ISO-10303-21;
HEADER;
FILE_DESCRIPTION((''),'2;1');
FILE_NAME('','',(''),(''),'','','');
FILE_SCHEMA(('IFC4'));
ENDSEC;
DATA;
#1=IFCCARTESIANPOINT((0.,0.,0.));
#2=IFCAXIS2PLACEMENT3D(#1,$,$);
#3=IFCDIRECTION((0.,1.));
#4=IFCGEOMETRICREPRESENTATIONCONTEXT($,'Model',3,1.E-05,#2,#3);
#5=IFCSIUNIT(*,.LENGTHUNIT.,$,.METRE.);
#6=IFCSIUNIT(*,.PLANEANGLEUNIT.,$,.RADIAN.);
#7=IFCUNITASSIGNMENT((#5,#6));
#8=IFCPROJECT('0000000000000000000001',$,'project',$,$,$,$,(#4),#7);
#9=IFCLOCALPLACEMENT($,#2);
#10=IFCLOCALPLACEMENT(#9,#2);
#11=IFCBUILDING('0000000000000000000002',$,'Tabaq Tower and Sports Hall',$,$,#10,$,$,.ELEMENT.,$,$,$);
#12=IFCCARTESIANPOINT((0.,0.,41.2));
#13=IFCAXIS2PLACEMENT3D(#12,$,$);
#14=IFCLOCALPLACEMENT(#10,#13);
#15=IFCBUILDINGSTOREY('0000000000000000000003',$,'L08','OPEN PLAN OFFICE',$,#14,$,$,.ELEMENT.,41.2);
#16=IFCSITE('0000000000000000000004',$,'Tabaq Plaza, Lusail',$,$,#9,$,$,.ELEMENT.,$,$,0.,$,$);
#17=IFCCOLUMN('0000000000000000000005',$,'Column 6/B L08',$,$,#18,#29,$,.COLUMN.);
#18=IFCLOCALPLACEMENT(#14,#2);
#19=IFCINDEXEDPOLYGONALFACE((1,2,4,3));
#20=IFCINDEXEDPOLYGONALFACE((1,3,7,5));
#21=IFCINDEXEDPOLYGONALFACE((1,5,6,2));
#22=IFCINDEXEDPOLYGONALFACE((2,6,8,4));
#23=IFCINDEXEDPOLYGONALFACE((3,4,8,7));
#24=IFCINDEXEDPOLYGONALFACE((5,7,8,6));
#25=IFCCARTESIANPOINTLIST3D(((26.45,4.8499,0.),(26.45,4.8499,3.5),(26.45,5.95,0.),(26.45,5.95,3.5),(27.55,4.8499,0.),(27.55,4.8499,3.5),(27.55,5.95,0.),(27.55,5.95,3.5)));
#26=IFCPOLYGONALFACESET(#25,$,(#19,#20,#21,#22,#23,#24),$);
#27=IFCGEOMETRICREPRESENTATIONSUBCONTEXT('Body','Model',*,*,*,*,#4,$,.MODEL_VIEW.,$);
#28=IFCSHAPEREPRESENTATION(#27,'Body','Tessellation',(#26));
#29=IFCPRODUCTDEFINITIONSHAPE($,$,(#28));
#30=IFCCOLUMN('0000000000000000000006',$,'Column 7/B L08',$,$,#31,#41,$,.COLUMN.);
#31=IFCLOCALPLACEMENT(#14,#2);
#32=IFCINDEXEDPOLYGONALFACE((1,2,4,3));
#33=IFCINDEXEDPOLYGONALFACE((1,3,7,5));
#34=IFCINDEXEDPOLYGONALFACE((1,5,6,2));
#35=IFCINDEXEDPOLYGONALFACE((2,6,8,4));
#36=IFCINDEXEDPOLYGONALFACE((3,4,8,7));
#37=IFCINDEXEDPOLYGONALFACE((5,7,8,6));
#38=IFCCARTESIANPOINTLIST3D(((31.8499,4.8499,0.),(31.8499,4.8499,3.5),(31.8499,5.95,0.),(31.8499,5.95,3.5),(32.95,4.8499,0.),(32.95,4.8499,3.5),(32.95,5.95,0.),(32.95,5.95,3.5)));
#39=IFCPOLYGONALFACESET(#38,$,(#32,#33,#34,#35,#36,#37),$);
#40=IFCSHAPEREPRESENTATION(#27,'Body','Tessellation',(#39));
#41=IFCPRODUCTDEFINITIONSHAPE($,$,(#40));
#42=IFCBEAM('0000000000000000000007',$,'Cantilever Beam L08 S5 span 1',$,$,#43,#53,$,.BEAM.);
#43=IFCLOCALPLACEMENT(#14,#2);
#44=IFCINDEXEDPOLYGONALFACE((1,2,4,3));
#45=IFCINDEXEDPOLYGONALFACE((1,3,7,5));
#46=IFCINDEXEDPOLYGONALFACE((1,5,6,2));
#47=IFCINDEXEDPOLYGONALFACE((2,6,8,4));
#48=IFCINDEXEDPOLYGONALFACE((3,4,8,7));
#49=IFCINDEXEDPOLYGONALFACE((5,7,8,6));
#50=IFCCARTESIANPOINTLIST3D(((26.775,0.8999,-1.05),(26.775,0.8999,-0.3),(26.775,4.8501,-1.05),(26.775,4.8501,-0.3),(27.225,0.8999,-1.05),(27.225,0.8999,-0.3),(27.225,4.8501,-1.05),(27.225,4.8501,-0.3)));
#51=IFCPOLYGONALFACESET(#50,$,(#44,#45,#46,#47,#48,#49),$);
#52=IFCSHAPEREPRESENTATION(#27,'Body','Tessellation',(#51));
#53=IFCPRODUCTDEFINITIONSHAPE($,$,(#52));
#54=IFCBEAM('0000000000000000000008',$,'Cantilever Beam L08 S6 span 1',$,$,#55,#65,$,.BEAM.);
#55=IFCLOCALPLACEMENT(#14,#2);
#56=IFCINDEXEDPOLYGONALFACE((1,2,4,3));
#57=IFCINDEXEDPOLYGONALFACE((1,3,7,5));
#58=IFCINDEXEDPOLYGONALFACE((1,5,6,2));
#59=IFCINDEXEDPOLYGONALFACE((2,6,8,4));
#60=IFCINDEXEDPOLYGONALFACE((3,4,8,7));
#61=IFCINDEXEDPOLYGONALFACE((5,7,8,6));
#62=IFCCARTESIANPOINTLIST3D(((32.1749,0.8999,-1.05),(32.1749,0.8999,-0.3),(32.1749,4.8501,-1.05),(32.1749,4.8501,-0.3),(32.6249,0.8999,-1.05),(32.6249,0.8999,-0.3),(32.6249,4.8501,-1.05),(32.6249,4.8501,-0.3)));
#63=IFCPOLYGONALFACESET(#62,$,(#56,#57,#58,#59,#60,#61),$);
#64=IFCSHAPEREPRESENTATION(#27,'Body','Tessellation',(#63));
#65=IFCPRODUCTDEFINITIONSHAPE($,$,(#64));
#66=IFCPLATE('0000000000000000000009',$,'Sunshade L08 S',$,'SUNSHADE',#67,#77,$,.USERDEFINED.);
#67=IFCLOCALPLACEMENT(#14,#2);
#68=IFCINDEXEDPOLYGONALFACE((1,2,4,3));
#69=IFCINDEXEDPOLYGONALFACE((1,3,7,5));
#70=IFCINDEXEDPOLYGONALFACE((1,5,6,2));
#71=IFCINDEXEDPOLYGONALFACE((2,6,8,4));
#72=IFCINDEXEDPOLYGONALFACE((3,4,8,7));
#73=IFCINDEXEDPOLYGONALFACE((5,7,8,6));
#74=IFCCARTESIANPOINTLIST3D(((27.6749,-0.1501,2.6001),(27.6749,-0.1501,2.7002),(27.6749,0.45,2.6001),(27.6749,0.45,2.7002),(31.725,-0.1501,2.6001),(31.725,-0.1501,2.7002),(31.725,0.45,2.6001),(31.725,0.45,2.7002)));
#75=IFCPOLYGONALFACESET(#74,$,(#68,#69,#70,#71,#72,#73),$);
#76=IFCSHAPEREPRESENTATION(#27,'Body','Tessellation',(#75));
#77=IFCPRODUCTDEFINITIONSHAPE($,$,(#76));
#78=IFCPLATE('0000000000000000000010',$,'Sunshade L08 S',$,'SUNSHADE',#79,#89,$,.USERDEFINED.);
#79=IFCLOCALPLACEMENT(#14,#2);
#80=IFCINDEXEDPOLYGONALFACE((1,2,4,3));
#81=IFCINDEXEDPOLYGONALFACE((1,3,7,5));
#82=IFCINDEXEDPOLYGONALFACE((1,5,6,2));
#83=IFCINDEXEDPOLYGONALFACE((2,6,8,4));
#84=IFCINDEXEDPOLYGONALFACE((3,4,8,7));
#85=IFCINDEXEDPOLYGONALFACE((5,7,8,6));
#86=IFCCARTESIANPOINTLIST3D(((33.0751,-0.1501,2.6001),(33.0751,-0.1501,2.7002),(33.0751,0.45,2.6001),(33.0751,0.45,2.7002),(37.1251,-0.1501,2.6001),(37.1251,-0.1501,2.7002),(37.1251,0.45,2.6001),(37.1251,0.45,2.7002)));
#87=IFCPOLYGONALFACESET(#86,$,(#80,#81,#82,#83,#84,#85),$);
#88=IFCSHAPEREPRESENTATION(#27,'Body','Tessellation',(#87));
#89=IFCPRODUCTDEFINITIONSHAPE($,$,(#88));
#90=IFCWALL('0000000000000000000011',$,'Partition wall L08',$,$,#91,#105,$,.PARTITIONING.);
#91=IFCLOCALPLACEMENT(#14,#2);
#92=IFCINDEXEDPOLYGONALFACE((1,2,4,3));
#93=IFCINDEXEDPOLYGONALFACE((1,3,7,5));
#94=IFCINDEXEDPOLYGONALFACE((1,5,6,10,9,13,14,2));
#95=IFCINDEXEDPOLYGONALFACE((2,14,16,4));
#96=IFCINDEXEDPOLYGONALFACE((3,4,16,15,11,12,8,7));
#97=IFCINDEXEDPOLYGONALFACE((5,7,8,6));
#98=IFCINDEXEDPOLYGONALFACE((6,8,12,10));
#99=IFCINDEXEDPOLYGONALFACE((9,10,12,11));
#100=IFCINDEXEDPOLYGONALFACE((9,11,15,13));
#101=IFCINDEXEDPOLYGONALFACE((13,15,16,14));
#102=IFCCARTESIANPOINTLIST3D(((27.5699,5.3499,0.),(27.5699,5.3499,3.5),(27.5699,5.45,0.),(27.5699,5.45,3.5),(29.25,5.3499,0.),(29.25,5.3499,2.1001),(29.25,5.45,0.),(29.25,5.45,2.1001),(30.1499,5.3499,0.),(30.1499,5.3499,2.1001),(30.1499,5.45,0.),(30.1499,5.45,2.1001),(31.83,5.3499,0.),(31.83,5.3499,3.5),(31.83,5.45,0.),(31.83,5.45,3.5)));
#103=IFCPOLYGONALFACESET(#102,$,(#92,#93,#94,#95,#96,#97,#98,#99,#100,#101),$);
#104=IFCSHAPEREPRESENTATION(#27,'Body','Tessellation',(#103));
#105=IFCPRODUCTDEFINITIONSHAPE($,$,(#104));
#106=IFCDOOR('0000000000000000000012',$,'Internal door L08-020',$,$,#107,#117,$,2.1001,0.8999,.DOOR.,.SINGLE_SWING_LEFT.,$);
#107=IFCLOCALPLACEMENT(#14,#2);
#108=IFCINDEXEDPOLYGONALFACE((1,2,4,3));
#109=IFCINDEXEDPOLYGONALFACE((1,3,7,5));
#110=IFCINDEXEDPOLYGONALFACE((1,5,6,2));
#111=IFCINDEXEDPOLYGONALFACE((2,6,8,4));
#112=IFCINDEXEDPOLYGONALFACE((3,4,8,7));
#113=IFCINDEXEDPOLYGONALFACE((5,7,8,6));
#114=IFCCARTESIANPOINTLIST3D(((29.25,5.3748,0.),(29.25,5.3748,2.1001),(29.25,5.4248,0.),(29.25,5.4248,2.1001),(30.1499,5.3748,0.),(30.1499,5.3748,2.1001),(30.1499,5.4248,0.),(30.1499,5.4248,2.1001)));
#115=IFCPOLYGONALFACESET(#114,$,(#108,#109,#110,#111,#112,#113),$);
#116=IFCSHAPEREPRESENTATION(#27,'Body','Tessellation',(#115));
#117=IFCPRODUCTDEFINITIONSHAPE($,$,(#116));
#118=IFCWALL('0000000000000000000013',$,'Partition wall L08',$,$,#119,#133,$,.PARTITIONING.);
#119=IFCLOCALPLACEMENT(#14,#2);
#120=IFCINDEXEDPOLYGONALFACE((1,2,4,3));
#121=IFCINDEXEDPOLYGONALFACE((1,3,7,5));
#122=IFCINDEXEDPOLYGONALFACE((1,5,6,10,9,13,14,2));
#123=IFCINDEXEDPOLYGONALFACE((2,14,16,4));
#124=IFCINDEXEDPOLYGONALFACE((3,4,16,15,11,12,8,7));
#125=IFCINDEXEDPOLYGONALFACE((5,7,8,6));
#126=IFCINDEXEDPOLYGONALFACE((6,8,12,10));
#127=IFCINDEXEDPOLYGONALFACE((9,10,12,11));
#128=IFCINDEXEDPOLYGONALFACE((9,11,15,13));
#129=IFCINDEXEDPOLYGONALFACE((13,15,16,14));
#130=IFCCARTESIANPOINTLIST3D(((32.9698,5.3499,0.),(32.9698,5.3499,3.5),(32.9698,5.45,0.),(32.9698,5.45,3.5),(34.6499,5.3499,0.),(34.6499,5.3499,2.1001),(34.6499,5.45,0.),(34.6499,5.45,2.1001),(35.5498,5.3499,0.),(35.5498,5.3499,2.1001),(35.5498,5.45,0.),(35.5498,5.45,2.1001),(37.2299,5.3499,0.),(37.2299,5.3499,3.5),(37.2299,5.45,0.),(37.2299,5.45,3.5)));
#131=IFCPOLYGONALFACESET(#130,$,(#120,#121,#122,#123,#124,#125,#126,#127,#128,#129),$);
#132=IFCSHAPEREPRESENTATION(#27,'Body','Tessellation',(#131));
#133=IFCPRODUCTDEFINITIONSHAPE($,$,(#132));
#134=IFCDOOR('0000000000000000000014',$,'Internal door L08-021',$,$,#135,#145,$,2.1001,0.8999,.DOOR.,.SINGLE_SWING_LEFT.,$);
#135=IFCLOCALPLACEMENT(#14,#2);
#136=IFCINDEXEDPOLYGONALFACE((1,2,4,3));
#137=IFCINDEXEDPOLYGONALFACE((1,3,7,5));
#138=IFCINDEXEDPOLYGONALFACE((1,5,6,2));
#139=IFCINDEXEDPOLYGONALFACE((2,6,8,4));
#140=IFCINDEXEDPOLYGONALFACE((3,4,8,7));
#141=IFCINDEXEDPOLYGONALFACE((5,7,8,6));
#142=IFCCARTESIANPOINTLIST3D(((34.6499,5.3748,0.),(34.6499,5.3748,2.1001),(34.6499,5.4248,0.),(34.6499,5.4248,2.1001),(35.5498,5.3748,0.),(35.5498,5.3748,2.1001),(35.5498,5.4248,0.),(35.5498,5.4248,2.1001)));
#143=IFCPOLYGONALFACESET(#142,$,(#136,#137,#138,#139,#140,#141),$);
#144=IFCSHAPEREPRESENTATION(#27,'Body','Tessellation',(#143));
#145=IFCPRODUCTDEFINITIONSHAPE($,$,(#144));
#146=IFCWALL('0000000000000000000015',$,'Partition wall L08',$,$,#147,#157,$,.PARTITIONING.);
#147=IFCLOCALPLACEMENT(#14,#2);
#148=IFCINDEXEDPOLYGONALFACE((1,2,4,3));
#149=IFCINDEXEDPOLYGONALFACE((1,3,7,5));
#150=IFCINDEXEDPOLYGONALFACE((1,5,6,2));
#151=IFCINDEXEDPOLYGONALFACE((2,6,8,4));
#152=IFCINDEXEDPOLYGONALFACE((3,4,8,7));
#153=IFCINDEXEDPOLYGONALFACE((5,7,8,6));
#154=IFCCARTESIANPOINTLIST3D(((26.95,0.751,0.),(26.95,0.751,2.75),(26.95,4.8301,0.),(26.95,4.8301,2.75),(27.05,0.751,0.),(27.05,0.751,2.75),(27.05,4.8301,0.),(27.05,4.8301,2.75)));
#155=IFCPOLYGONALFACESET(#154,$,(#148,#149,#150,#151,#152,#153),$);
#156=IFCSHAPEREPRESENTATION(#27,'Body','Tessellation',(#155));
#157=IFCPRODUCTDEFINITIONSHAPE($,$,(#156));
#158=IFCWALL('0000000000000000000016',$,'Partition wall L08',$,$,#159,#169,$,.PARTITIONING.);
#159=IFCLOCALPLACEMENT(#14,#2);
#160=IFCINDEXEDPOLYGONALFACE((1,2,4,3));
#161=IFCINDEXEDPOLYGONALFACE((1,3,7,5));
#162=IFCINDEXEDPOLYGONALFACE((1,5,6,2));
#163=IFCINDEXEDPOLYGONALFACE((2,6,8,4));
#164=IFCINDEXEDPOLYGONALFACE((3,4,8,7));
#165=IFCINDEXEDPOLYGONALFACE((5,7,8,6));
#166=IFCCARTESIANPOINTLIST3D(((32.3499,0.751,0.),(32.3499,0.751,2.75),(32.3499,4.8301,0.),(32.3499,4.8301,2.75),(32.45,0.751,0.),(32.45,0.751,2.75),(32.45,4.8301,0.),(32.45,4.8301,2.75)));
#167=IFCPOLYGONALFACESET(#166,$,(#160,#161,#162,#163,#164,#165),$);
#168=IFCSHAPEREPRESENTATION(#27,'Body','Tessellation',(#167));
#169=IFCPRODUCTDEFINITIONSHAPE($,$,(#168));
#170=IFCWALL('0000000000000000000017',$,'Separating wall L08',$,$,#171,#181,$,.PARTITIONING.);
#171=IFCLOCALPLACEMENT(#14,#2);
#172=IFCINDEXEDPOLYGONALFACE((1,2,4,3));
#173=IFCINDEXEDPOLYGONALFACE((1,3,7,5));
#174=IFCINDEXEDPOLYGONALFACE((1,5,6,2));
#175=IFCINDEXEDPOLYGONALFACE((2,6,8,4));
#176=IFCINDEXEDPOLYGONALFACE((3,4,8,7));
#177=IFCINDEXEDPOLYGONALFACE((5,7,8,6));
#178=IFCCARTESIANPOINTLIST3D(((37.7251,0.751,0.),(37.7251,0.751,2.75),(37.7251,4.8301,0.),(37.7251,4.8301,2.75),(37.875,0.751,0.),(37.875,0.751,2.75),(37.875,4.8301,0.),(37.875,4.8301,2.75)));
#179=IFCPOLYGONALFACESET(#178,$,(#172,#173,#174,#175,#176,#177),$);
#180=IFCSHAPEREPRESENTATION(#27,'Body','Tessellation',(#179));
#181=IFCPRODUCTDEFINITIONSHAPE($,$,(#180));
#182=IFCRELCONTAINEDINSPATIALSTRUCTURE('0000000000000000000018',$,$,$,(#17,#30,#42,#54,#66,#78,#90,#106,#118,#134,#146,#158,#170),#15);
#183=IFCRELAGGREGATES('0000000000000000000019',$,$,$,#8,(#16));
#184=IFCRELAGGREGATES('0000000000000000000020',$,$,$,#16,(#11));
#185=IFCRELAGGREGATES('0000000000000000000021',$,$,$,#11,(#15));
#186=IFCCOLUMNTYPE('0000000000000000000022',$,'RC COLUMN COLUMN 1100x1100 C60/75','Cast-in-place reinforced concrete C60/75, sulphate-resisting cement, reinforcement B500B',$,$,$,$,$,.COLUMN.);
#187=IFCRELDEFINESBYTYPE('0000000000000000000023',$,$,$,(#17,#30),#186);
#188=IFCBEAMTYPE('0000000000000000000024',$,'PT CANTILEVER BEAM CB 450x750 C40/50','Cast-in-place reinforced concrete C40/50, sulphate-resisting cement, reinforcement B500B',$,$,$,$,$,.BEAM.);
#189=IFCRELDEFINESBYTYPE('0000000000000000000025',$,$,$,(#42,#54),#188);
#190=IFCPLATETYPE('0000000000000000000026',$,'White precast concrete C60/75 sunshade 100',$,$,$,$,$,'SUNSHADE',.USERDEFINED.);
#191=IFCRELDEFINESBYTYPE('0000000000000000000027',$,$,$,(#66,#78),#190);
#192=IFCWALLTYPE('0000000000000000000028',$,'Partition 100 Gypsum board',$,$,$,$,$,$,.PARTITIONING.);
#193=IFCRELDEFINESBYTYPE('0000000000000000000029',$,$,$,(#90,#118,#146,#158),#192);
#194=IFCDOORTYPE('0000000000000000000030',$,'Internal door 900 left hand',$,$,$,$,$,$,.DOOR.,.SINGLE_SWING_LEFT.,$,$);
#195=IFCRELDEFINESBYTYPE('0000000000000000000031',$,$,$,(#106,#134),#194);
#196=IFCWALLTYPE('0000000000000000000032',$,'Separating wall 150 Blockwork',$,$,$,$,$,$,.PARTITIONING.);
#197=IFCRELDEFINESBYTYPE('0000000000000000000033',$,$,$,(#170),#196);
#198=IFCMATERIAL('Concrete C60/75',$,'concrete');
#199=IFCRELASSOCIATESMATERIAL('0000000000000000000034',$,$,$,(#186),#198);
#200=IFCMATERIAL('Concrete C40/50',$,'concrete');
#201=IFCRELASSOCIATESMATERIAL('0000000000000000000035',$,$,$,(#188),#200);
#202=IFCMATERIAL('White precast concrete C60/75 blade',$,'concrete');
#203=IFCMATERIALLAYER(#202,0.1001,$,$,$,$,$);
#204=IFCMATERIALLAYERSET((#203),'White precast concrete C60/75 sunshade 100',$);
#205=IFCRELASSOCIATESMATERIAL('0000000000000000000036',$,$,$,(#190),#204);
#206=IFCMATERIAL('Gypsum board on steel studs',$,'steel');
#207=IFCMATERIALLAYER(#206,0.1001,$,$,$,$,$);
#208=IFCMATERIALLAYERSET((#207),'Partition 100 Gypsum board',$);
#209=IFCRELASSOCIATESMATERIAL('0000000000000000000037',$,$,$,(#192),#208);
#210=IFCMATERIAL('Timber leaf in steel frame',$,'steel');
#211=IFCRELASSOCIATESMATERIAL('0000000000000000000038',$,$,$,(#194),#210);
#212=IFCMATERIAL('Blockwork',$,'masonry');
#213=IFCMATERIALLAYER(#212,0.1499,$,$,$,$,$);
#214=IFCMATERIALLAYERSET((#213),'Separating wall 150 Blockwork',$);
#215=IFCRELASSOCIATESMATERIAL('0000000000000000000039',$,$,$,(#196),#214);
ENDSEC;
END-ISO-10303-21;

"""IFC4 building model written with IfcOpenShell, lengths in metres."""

from ifc_helpers import new_model, si_unit, direction, frame, frame_2d, origin, origin_2d, place, context, subcontext, project, spatial, rectangle, extrude, material, layer, layer_set, material_profile, profile_set, type_object, element, fill, save


model = new_model("IFC4")

# Units and contexts
model_context = context("Model", 3, precision=1e-05, world=origin(), true_north=direction((0.0, 1.0)))
body_context = subcontext(model_context, "Body", "Model", "MODEL_VIEW")
ifc_project = project(units=[si_unit("LENGTHUNIT", "METRE"), si_unit("PLANEANGLEUNIT", "RADIAN")], contexts=[model_context])

# Site, building, storey
site_placement = place(None, origin())
site = spatial("IfcSite", under=ifc_project, at=site_placement, Name="Tabaq Plaza, Lusail", CompositionType="ELEMENT", RefElevation=0.0)
building_placement = place(site_placement, origin())
building = spatial("IfcBuilding", under=site, at=building_placement, Name="Tabaq Tower and Sports Hall", CompositionType="ELEMENT")
storey_placement = place(building_placement, frame((0.0, 0.0, 41.2)))
storey = spatial("IfcBuildingStorey", under=building, at=storey_placement, Name="L08", Description="OPEN PLAN OFFICE", CompositionType="ELEMENT", Elevation=41.2)

# Columns
ifc_material_1 = material(Name="Concrete C60/75", Category="concrete")
ifc_material_profile_1 = material_profile(ifc_material_1, rectangle(XDim=1.1001, YDim=1.1001, at=origin_2d()), Name="COLUMN 1100x1100")
ifc_profile_set_1 = profile_set([ifc_material_profile_1], Name="Concrete C60/75")
column_type = type_object("IfcColumnType", Name="RC COLUMN COLUMN 1100x1100 C60/75", Description="Cast-in-place reinforced concrete C60/75, sulphate-resisting cement, reinforcement B500B", PredefinedType="COLUMN", material=ifc_profile_set_1)
for number, where, z_axis, x_axis, name in (
    (1, (27.0, 5.3999, 0.0), (0.0, 0.0, 1.0), (1.0, 0.0, 0.0), "Column 6/B L08"),
    (2, (32.3999, 5.3999, 0.0), (0.0, 0.0, 1.0), (1.0, 0.0, 0.0), "Column 7/B L08"),
):
    element("IfcColumn", number, at=place(storey_placement, frame(where, z_axis=z_axis, x_axis=x_axis)), inside=storey, type_object=column_type, Name=name, PredefinedType="COLUMN", context=body_context, shape_type="SweptSolid", body=[
        extrude(rectangle(XDim=1.1001, YDim=1.1001, at=origin_2d()), origin(), (0.0, 0.0, 1.0), 3.5),
    ])

# Beams
ifc_material_2 = material(Name="Concrete C40/50", Category="concrete")
ifc_material_profile_2 = material_profile(ifc_material_2, rectangle(XDim=0.45, YDim=0.75, at=origin_2d()), Name="CB 450x750")
ifc_profile_set_2 = profile_set([ifc_material_profile_2], Name="Concrete C40/50")
beam_type = type_object("IfcBeamType", Name="PT CANTILEVER BEAM CB 450x750 C40/50", Description="Cast-in-place reinforced concrete C40/50, sulphate-resisting cement, reinforcement B500B", PredefinedType="BEAM", material=ifc_profile_set_2)
for number, where, z_axis, x_axis, name in (
    (3, (27.0, 0.8999, -0.675), (0.0, 1.0, 0.0), (-1.0, 0.0, 0.0), "Cantilever Beam L08 S5 span 1"),
    (4, (32.3999, 0.8999, -0.675), (0.0, 1.0, 0.0), (-1.0, 0.0, 0.0), "Cantilever Beam L08 S6 span 1"),
):
    element("IfcBeam", number, at=place(storey_placement, frame(where, z_axis=z_axis, x_axis=x_axis)), inside=storey, type_object=beam_type, Name=name, PredefinedType="BEAM", context=body_context, shape_type="SweptSolid", body=[
        extrude(rectangle(XDim=0.45, YDim=0.75, at=origin_2d()), origin(), (0.0, 0.0, 1.0), 3.9502),
    ])

# Plates
ifc_material_3 = material(Name="White precast concrete C60/75 blade", Category="concrete")
ifc_layer_1 = layer(ifc_material_3, 0.1001)
ifc_layer_set_1 = layer_set([ifc_layer_1], Name="White precast concrete C60/75 sunshade 100")
plate_type = type_object("IfcPlateType", Name="White precast concrete C60/75 sunshade 100", ElementType="SUNSHADE", PredefinedType="USERDEFINED", material=ifc_layer_set_1)
for number, where, z_axis, x_axis, name in (
    (5, (29.7, 0.1499, 2.6001), (0.0, 0.0, 1.0), (1.0, 0.0, 0.0), "Sunshade L08 S"),
    (6, (35.1001, 0.1499, 2.6001), (0.0, 0.0, 1.0), (1.0, 0.0, 0.0), "Sunshade L08 S"),
):
    element("IfcPlate", number, at=place(storey_placement, frame(where, z_axis=z_axis, x_axis=x_axis)), inside=storey, type_object=plate_type, Name=name, ObjectType="SUNSHADE", PredefinedType="USERDEFINED", context=body_context, shape_type="SweptSolid", body=[
        extrude(rectangle(XDim=4.05, YDim=0.6001, at=origin_2d()), origin(), (0.0, 0.0, 1.0), 0.1001),
    ])

# Walls, openings, doors
ifc_material_4 = material(Name="Gypsum board on steel studs", Category="steel")
ifc_layer_2 = layer(ifc_material_4, 0.1001)
ifc_layer_set_2 = layer_set([ifc_layer_2], Name="Partition 100 Gypsum board")
wall_type_1 = type_object("IfcWallType", Name="Partition 100 Gypsum board", PredefinedType="PARTITIONING", material=ifc_layer_set_2)
wall_1_placement = place(storey_placement, frame((27.5701, 5.3999, 0.0), z_axis=(0.0, 0.0, 1.0), x_axis=(1.0, 0.0, 0.0)))
wall_1 = element("IfcWall", 7, at=wall_1_placement, inside=storey, type_object=wall_type_1, Name="Partition wall L08", PredefinedType="PARTITIONING", context=body_context, shape_type="SweptSolid", body=[
    extrude(rectangle(XDim=4.26, YDim=0.1001, at=frame_2d((2.1299, 0.0))), origin(), (0.0, 0.0, 1.0), 3.5),
])
opening_1_placement = place(wall_1_placement, frame((1.6799, 0.0, 0.0)))
opening_1 = element("IfcOpeningElement", 8, at=opening_1_placement, cuts=wall_1, PredefinedType="OPENING", context=body_context, shape_type="SweptSolid", body=[
    extrude(rectangle(XDim=0.8999, YDim=2.1001, at=frame_2d((0.45, 1.05))), frame((0.0, 0.05, 0.0), z_axis=(0.0, -1.0, 0.0), x_axis=(1.0, 0.0, 0.0)), (0.0, 0.0, 1.0), 0.1001),
])
ifc_material_5 = material(Name="Timber leaf in steel frame", Category="steel")
door_type = type_object("IfcDoorType", Name="Internal door 900 left hand", OperationType="SINGLE_SWING_LEFT", PredefinedType="DOOR", material=ifc_material_5)
door_1_placement = place(opening_1_placement, origin())
door_1 = element("IfcDoor", 9, at=door_1_placement, inside=storey, type_object=door_type, Name="Internal door L08-020", OperationType="SINGLE_SWING_LEFT", OverallHeight=2.1001, OverallWidth=0.8999, PredefinedType="DOOR", context=body_context, shape_type="SweptSolid", body=[
    extrude(rectangle(XDim=0.8999, YDim=2.1001, at=frame_2d((0.45, 1.05))), frame((0.0, 0.0249, 0.0), z_axis=(0.0, -1.0, 0.0), x_axis=(1.0, 0.0, 0.0)), (0.0, 0.0, 1.0), 0.05),
])
fill(opening_1, door_1)
wall_2_placement = place(storey_placement, frame((32.97, 5.3999, 0.0), z_axis=(0.0, 0.0, 1.0), x_axis=(1.0, 0.0, 0.0)))
wall_2 = element("IfcWall", 10, at=wall_2_placement, inside=storey, type_object=wall_type_1, Name="Partition wall L08", PredefinedType="PARTITIONING", context=body_context, shape_type="SweptSolid", body=[
    extrude(rectangle(XDim=4.26, YDim=0.1001, at=frame_2d((2.1299, 0.0))), origin(), (0.0, 0.0, 1.0), 3.5),
])
opening_2_placement = place(wall_2_placement, frame((1.6799, 0.0, 0.0)))
opening_2 = element("IfcOpeningElement", 11, at=opening_2_placement, cuts=wall_2, PredefinedType="OPENING", context=body_context, shape_type="SweptSolid", body=[
    extrude(rectangle(XDim=0.8999, YDim=2.1001, at=frame_2d((0.45, 1.05))), frame((0.0, 0.05, 0.0), z_axis=(0.0, -1.0, 0.0), x_axis=(1.0, 0.0, 0.0)), (0.0, 0.0, 1.0), 0.1001),
])
door_2_placement = place(opening_2_placement, origin())
door_2 = element("IfcDoor", 12, at=door_2_placement, inside=storey, type_object=door_type, Name="Internal door L08-021", OperationType="SINGLE_SWING_LEFT", OverallHeight=2.1001, OverallWidth=0.8999, PredefinedType="DOOR", context=body_context, shape_type="SweptSolid", body=[
    extrude(rectangle(XDim=0.8999, YDim=2.1001, at=frame_2d((0.45, 1.05))), frame((0.0, 0.0249, 0.0), z_axis=(0.0, -1.0, 0.0), x_axis=(1.0, 0.0, 0.0)), (0.0, 0.0, 1.0), 0.05),
])
fill(opening_2, door_2)

# Walls
for number, where, z_axis, x_axis, name in (
    (13, (27.0, 0.751, 0.0), (0.0, 0.0, 1.0), (0.0, 1.0, 0.0), "Partition wall L08"),
    (14, (32.3999, 0.751, 0.0), (0.0, 0.0, 1.0), (0.0, 1.0, 0.0), "Partition wall L08"),
):
    element("IfcWall", number, at=place(storey_placement, frame(where, z_axis=z_axis, x_axis=x_axis)), inside=storey, type_object=wall_type_1, Name=name, PredefinedType="PARTITIONING", context=body_context, shape_type="SweptSolid", body=[
        extrude(rectangle(XDim=4.0791, YDim=0.1001, at=frame_2d((2.0396, 0.0))), origin(), (0.0, 0.0, 1.0), 2.75),
    ])
ifc_material_6 = material(Name="Blockwork", Category="masonry")
ifc_layer_3 = layer(ifc_material_6, 0.1499)
ifc_layer_set_3 = layer_set([ifc_layer_3], Name="Separating wall 150 Blockwork")
wall_type_2 = type_object("IfcWallType", Name="Separating wall 150 Blockwork", PredefinedType="PARTITIONING", material=ifc_layer_set_3)
wall_3_placement = place(storey_placement, frame((37.8, 0.751, 0.0), z_axis=(0.0, 0.0, 1.0), x_axis=(0.0, 1.0, 0.0)))
element("IfcWall", 15, at=wall_3_placement, inside=storey, type_object=wall_type_2, Name="Separating wall L08", PredefinedType="PARTITIONING", context=body_context, shape_type="SweptSolid", body=[
    extrude(rectangle(XDim=4.0791, YDim=0.1499, at=frame_2d((2.0396, 0.0))), origin(), (0.0, 0.0, 1.0), 2.75),
])

save(model, "model.ifc")
